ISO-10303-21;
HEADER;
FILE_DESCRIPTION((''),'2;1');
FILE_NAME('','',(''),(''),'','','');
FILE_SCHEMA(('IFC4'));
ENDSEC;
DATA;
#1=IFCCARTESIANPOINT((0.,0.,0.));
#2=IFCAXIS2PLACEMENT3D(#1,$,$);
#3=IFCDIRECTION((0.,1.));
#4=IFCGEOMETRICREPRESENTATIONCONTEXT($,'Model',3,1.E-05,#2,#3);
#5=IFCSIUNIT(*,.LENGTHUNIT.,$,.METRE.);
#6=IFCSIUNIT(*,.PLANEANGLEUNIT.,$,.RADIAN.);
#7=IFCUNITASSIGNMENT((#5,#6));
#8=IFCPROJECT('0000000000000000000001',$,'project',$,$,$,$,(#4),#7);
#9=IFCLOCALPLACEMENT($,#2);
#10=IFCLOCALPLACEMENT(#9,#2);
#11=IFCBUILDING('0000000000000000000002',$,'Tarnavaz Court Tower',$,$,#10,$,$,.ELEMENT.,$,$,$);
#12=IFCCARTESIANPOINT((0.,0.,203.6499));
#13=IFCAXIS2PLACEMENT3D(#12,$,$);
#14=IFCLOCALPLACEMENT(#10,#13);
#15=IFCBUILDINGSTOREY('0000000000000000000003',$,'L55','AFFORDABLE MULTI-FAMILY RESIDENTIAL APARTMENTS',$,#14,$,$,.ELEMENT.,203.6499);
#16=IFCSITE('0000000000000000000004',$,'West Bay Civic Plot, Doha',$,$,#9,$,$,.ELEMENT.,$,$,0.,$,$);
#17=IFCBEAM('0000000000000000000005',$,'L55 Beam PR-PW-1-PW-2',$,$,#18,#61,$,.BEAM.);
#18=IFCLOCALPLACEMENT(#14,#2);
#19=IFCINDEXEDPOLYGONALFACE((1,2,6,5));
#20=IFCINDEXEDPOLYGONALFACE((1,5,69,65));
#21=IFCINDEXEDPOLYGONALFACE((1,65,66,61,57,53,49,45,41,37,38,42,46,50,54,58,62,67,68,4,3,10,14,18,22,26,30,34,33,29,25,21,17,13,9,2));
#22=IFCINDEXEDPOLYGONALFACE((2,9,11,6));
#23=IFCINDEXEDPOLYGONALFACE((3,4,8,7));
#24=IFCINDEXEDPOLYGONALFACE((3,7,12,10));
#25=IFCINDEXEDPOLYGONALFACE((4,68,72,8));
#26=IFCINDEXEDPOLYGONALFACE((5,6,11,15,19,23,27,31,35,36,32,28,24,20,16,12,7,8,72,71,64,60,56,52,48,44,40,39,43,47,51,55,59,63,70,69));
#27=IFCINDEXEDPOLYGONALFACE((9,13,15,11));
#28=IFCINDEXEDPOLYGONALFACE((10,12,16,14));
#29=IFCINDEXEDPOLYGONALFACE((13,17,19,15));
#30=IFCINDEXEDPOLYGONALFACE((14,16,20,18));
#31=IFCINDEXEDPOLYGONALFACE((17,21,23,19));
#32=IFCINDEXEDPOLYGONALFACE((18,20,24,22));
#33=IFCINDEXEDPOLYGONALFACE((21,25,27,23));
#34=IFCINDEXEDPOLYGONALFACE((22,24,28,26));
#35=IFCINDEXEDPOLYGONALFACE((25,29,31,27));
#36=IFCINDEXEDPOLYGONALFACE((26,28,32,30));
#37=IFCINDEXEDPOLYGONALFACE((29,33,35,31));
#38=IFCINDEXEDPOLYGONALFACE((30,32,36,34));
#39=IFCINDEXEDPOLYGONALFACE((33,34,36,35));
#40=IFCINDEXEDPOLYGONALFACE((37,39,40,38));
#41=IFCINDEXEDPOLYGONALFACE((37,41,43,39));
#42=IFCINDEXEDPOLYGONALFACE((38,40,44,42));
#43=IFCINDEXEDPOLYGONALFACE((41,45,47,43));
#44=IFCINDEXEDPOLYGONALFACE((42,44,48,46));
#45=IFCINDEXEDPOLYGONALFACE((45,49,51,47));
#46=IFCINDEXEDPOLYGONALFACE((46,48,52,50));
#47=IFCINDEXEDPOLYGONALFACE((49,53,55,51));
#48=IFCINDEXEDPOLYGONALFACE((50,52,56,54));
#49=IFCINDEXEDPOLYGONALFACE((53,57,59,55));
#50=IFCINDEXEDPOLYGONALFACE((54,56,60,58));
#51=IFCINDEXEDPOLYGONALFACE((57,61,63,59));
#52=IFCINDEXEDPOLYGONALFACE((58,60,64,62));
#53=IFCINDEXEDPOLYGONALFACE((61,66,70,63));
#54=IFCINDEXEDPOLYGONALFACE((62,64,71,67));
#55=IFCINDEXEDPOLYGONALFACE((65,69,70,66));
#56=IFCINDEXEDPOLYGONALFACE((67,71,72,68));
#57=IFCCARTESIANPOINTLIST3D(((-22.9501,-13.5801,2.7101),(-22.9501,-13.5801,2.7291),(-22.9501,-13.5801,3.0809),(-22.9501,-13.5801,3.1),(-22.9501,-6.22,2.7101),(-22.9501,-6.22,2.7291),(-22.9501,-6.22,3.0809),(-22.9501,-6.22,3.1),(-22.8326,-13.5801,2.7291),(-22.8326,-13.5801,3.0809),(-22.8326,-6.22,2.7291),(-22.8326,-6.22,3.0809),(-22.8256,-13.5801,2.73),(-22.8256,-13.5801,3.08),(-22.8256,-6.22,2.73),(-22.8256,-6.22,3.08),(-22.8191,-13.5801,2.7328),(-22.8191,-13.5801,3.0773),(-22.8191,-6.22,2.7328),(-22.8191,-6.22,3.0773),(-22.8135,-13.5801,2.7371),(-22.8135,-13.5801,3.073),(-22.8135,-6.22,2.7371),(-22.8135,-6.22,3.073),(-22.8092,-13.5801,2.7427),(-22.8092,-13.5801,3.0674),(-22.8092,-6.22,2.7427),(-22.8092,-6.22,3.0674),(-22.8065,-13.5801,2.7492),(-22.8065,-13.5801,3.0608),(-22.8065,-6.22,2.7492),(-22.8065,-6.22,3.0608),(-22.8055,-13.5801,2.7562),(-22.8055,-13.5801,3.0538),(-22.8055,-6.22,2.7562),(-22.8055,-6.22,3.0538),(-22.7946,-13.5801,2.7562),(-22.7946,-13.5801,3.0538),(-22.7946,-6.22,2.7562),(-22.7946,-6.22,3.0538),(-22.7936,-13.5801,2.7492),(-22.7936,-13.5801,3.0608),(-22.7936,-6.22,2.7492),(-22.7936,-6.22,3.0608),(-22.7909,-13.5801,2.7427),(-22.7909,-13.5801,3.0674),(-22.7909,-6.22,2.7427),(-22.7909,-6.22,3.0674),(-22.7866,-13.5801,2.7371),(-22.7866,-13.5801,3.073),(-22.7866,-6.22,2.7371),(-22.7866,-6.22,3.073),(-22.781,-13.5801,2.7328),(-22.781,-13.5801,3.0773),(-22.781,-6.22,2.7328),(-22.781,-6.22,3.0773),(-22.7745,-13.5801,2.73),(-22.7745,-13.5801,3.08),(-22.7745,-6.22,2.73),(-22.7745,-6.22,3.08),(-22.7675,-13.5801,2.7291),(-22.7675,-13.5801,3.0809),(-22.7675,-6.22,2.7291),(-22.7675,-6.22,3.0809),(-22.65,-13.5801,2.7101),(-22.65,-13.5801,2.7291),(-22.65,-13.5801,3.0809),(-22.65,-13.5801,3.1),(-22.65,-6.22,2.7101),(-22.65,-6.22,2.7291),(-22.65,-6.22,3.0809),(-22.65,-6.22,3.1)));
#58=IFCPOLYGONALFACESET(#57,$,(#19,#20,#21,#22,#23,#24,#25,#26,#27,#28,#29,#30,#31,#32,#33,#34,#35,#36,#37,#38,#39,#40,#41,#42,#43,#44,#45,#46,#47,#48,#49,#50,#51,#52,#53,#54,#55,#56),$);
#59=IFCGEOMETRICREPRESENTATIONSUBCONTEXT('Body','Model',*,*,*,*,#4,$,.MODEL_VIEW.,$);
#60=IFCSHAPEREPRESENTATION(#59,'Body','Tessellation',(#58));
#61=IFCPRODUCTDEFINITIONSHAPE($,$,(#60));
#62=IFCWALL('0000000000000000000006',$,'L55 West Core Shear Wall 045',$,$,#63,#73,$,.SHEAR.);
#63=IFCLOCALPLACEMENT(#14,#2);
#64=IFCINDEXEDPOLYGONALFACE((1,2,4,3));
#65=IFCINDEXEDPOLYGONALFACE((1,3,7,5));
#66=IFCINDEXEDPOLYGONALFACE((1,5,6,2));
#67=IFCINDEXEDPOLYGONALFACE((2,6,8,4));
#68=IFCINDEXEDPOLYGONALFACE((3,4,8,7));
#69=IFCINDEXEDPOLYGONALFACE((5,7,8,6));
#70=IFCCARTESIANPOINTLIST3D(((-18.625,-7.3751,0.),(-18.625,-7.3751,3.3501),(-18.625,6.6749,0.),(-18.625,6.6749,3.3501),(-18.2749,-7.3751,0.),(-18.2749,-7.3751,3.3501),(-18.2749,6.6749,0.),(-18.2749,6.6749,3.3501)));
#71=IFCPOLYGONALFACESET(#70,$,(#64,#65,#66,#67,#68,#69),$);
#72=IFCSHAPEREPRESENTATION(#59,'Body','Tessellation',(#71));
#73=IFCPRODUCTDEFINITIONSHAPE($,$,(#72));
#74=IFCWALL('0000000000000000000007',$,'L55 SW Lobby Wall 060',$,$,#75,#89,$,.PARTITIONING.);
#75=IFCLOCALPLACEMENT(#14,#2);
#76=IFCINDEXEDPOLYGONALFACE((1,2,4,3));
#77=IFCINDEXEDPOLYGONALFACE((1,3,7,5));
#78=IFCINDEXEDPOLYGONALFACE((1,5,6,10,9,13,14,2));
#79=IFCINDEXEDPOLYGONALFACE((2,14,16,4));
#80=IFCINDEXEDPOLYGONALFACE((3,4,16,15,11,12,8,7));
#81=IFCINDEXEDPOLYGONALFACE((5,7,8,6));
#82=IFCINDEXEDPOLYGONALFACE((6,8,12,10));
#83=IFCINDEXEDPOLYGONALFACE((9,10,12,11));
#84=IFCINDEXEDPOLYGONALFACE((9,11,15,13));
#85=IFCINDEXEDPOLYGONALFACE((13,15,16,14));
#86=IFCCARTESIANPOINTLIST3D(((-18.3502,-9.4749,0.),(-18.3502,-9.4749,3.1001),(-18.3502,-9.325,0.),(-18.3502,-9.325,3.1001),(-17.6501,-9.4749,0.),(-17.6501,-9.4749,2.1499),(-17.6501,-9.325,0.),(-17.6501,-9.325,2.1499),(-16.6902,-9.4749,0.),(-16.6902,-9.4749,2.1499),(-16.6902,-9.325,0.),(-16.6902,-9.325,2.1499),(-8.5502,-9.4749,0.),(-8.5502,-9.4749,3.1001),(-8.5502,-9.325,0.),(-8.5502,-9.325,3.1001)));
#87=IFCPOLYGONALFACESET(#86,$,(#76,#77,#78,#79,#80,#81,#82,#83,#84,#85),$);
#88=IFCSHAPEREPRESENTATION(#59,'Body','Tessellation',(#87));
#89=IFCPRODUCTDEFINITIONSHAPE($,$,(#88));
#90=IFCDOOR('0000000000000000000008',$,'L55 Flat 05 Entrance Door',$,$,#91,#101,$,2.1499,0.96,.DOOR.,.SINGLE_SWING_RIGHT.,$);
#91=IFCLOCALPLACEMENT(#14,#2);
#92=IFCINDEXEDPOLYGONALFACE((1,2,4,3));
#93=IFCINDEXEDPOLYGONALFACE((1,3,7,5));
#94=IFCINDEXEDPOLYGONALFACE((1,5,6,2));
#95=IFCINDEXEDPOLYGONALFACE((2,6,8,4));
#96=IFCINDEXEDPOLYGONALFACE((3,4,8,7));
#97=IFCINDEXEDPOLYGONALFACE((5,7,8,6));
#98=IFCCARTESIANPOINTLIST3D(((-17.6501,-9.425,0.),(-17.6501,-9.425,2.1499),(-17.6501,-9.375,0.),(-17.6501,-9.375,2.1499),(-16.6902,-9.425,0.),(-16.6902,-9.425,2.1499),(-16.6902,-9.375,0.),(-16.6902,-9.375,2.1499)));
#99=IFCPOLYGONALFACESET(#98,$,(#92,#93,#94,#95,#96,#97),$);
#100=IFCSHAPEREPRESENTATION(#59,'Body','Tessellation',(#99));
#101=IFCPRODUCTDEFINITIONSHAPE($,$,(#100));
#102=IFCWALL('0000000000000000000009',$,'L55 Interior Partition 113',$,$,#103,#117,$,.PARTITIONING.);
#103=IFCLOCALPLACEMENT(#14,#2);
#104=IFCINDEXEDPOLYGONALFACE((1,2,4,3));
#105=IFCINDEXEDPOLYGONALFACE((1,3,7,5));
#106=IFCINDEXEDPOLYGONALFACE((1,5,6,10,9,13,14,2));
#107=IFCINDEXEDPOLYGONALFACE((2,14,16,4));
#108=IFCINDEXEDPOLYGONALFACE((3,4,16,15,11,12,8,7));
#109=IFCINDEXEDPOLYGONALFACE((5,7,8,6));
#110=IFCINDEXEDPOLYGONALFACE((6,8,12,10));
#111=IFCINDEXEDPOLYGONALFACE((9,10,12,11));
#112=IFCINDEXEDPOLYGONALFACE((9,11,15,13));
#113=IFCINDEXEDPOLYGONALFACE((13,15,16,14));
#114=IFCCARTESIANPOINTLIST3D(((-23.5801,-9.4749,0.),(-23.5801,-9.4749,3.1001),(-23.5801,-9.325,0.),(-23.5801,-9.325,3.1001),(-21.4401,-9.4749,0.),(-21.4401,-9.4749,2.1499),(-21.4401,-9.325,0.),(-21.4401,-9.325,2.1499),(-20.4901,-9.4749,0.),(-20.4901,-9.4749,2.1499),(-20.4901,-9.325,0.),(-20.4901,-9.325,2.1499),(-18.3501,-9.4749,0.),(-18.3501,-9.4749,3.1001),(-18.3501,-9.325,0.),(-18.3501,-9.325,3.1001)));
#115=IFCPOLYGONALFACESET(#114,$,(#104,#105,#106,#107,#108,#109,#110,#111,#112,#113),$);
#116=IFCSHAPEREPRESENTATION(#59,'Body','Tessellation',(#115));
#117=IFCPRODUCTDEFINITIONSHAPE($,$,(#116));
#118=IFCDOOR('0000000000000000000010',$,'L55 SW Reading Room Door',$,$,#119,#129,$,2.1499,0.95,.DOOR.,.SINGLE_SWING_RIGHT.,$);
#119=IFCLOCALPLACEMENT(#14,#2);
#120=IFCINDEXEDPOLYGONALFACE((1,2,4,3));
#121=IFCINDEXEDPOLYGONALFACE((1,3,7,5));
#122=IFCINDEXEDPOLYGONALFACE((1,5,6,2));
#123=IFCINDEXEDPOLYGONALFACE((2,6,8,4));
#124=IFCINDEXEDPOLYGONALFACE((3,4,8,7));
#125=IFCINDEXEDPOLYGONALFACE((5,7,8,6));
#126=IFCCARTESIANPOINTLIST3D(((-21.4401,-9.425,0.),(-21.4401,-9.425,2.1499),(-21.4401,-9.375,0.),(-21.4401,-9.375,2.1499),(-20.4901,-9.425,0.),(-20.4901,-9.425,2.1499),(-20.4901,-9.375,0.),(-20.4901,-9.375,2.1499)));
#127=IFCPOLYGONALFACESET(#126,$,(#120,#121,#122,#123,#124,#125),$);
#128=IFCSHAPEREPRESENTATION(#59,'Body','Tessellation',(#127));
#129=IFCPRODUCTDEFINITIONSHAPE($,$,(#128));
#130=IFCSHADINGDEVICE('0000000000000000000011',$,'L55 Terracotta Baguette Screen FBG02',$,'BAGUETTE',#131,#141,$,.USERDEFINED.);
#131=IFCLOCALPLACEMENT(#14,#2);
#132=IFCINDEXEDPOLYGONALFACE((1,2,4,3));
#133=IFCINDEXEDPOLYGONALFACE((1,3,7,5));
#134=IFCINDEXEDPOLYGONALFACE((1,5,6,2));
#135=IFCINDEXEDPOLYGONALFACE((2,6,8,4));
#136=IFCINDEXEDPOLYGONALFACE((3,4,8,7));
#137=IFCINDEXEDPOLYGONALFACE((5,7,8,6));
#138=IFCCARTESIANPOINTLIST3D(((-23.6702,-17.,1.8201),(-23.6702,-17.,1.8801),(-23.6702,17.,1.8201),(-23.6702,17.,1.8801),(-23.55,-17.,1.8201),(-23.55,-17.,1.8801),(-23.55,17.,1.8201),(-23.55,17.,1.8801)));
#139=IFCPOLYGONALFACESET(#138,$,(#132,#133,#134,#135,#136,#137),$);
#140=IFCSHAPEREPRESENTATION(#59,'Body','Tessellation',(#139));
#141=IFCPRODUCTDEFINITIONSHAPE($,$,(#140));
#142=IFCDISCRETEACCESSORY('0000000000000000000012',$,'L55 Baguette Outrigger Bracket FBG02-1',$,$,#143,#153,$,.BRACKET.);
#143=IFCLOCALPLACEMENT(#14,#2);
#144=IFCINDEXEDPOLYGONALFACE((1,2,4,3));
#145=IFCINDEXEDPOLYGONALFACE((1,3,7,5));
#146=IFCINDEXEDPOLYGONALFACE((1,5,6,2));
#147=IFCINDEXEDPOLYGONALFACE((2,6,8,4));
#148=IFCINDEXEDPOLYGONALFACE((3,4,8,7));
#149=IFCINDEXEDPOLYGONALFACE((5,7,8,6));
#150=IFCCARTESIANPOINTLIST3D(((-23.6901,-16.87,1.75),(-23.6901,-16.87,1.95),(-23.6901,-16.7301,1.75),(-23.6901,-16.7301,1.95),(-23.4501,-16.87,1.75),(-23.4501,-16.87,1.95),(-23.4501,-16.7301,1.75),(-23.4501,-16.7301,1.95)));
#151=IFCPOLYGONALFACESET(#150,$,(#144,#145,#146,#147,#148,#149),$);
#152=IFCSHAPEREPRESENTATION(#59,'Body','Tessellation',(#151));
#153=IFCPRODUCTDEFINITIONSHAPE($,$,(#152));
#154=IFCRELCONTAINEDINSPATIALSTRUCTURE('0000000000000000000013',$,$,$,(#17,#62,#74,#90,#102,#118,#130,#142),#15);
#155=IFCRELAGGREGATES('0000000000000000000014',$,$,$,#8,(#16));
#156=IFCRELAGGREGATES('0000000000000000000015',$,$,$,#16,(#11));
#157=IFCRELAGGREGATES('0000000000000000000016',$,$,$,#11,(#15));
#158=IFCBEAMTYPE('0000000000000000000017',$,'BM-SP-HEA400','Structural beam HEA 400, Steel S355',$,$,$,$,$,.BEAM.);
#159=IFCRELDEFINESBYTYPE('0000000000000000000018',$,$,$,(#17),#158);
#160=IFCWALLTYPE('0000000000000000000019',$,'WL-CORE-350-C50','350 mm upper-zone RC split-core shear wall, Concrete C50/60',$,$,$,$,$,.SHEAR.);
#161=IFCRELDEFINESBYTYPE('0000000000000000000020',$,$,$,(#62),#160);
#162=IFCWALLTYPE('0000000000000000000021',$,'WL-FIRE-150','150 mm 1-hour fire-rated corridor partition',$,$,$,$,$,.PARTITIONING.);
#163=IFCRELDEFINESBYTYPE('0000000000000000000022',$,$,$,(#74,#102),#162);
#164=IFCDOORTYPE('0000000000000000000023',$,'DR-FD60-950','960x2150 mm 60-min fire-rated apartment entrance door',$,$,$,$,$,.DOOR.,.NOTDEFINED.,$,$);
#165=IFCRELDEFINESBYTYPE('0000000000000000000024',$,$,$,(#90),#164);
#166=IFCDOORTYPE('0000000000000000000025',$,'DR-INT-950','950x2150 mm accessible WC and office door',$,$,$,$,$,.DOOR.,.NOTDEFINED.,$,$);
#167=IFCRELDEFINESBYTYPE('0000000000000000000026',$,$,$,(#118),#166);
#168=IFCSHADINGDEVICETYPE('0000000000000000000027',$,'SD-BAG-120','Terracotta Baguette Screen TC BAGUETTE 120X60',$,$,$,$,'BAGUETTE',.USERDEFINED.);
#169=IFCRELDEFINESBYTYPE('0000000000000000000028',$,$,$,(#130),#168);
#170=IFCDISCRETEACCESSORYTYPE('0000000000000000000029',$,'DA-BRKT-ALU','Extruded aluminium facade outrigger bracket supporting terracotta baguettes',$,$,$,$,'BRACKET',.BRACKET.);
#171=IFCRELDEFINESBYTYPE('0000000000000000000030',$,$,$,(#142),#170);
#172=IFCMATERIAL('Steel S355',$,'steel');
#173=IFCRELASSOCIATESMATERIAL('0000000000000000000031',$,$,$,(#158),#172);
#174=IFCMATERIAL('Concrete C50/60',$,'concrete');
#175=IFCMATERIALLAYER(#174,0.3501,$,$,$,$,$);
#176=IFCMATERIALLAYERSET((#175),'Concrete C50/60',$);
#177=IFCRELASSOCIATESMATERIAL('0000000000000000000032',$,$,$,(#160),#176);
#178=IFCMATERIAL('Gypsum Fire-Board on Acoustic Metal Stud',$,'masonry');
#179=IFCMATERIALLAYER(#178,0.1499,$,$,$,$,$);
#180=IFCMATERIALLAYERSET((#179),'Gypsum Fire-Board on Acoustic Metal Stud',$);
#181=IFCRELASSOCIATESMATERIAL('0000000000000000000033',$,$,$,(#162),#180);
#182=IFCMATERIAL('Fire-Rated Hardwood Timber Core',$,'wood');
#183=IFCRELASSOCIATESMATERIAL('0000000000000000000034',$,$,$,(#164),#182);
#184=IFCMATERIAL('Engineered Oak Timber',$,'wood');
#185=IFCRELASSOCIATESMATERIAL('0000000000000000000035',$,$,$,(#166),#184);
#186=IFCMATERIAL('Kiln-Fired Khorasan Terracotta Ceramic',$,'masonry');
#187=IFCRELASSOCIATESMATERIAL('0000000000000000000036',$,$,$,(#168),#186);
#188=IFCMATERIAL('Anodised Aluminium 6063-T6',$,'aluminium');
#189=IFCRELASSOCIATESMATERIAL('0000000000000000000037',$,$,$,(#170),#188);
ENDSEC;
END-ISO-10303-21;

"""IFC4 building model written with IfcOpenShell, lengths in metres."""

from ifc_helpers import new_model, si_unit, direction, frame, frame_2d, origin, origin_2d, place, context, subcontext, project, spatial, rectangle, i_section, extrude, material, layer, layer_set, material_profile, profile_set, type_object, element, fill, save


model = new_model("IFC4")

# Units and contexts
model_context = context("Model", 3, precision=1e-05, world=origin(), true_north=direction((0.0, 1.0)))
body_context = subcontext(model_context, "Body", "Model", "MODEL_VIEW")
ifc_project = project(units=[si_unit("LENGTHUNIT", "METRE"), si_unit("PLANEANGLEUNIT", "RADIAN")], contexts=[model_context])

# Site, building, storey
site_placement = place(None, origin())
site = spatial("IfcSite", under=ifc_project, at=site_placement, Name="West Bay Civic Plot, Doha", CompositionType="ELEMENT", RefElevation=0.0)
building_placement = place(site_placement, origin())
building = spatial("IfcBuilding", under=site, at=building_placement, Name="Tarnavaz Court Tower", CompositionType="ELEMENT")
storey_placement = place(building_placement, frame((0.0, 0.0, 203.6499)))
storey = spatial("IfcBuildingStorey", under=building, at=storey_placement, Name="L55", Description="AFFORDABLE MULTI-FAMILY RESIDENTIAL APARTMENTS", CompositionType="ELEMENT", Elevation=203.6499)

# Shared definitions
ifc_material_1 = material(Name="Concrete C50/60", Category="concrete")

# Beam
ifc_material_2 = material(Name="Steel S355", Category="steel")
ifc_material_profile_1 = material_profile(ifc_material_2, i_section(OverallWidth=0.3, OverallDepth=0.3899, WebThickness=0.011, FlangeThickness=0.019, FilletRadius=0.0271, at=origin_2d()), Name="HEA 400")
ifc_profile_set_1 = profile_set([ifc_material_profile_1], Name="Steel S355")
beam_type_1 = type_object("IfcBeamType", Name="BM-SP-HEA400", Description="Structural beam HEA 400, Steel S355", PredefinedType="BEAM", material=ifc_profile_set_1)
beam_1_placement = place(storey_placement, frame((-22.8, -13.5801, 2.905), z_axis=(0.0, 1.0, 0.0), x_axis=(-1.0, 0.0, 0.0)))
element("IfcBeam", 1, at=beam_1_placement, inside=storey, type_object=beam_type_1, Name="L55 Beam PR-PW-1-PW-2", PredefinedType="BEAM", context=body_context, shape_type="SweptSolid", body=[
    extrude(i_section(OverallWidth=0.3, OverallDepth=0.3899, WebThickness=0.011, FlangeThickness=0.019, FilletRadius=0.0271, at=origin_2d()), origin(), (0.0, 0.0, 1.0), 7.3601),
])

# Wall
ifc_layer_1 = layer(ifc_material_1, 0.3501)
ifc_layer_set_1 = layer_set([ifc_layer_1], Name="Concrete C50/60")
wall_type_1 = type_object("IfcWallType", Name="WL-CORE-350-C50", Description="350 mm upper-zone RC split-core shear wall, Concrete C50/60", PredefinedType="SHEAR", material=ifc_layer_set_1)
wall_1_placement = place(storey_placement, frame((-18.45, -7.375, 0.0), z_axis=(0.0, 0.0, 1.0), x_axis=(0.0, 1.0, 0.0)))
element("IfcWall", 2, at=wall_1_placement, inside=storey, type_object=wall_type_1, Name="L55 West Core Shear Wall 045", PredefinedType="SHEAR", context=body_context, shape_type="SweptSolid", body=[
    extrude(rectangle(XDim=14.05, YDim=0.3501, at=frame_2d((7.0249, 0.0))), origin(), (0.0, 0.0, 1.0), 3.3501),
])

# Walls, openings, doors
ifc_material_3 = material(Name="Gypsum Fire-Board on Acoustic Metal Stud", Category="masonry")
ifc_layer_2 = layer(ifc_material_3, 0.1499)
ifc_layer_set_2 = layer_set([ifc_layer_2], Name="Gypsum Fire-Board on Acoustic Metal Stud")
wall_type_2 = type_object("IfcWallType", Name="WL-FIRE-150", Description="150 mm 1-hour fire-rated corridor partition", PredefinedType="PARTITIONING", material=ifc_layer_set_2)
wall_2_placement = place(storey_placement, frame((-18.3501, -9.3999, 0.0), z_axis=(0.0, 0.0, 1.0), x_axis=(1.0, 0.0, 0.0)))
wall_2 = element("IfcWall", 3, at=wall_2_placement, inside=storey, type_object=wall_type_2, Name="L55 SW Lobby Wall 060", PredefinedType="PARTITIONING", context=body_context, shape_type="SweptSolid", body=[
    extrude(rectangle(XDim=9.8, YDim=0.1499, at=frame_2d((4.8999, 0.0))), origin(), (0.0, 0.0, 1.0), 3.1001),
])
opening_1_placement = place(wall_2_placement, frame((0.7, 0.0, 0.0)))
opening_1 = element("IfcOpeningElement", 4, at=opening_1_placement, cuts=wall_2, PredefinedType="OPENING", context=body_context, shape_type="SweptSolid", body=[
    extrude(rectangle(XDim=0.96, YDim=2.1499, at=frame_2d((0.48, 1.075))), frame((0.0, 0.085, 0.0), z_axis=(0.0, -1.0, 0.0), x_axis=(1.0, 0.0, 0.0)), (0.0, 0.0, 1.0), 0.1699),
])
ifc_material_4 = material(Name="Fire-Rated Hardwood Timber Core", Category="wood")
door_type_1 = type_object("IfcDoorType", Name="DR-FD60-950", Description="960x2150 mm 60-min fire-rated apartment entrance door", OperationType="NOTDEFINED", PredefinedType="DOOR", material=ifc_material_4)
door_1_placement = place(opening_1_placement, origin())
door_1 = element("IfcDoor", 5, at=door_1_placement, inside=storey, type_object=door_type_1, Name="L55 Flat 05 Entrance Door", OperationType="SINGLE_SWING_RIGHT", OverallHeight=2.1499, OverallWidth=0.96, PredefinedType="DOOR", context=body_context, shape_type="SweptSolid", body=[
    extrude(rectangle(XDim=0.96, YDim=2.1499, at=frame_2d((0.48, 1.075))), frame((0.0, 0.0249, 0.0), z_axis=(0.0, -1.0, 0.0), x_axis=(1.0, 0.0, 0.0)), (0.0, 0.0, 1.0), 0.05),
])
fill(opening_1, door_1)
wall_3_placement = place(storey_placement, frame((-23.5801, -9.3999, 0.0), z_axis=(0.0, 0.0, 1.0), x_axis=(1.0, 0.0, 0.0)))
wall_3 = element("IfcWall", 6, at=wall_3_placement, inside=storey, type_object=wall_type_2, Name="L55 Interior Partition 113", PredefinedType="PARTITIONING", context=body_context, shape_type="SweptSolid", body=[
    extrude(rectangle(XDim=5.23, YDim=0.1499, at=frame_2d((2.615, 0.0))), origin(), (0.0, 0.0, 1.0), 3.1001),
])
opening_2_placement = place(wall_3_placement, frame((2.1399, 0.0, 0.0)))
opening_2 = element("IfcOpeningElement", 7, at=opening_2_placement, cuts=wall_3, PredefinedType="OPENING", context=body_context, shape_type="SweptSolid", body=[
    extrude(rectangle(XDim=0.95, YDim=2.1499, at=frame_2d((0.4751, 1.075))), frame((0.0, 0.085, 0.0), z_axis=(0.0, -1.0, 0.0), x_axis=(1.0, 0.0, 0.0)), (0.0, 0.0, 1.0), 0.1699),
])
ifc_material_5 = material(Name="Engineered Oak Timber", Category="wood")
door_type_2 = type_object("IfcDoorType", Name="DR-INT-950", Description="950x2150 mm accessible WC and office door", OperationType="NOTDEFINED", PredefinedType="DOOR", material=ifc_material_5)
door_2_placement = place(opening_2_placement, origin())
door_2 = element("IfcDoor", 8, at=door_2_placement, inside=storey, type_object=door_type_2, Name="L55 SW Reading Room Door", OperationType="SINGLE_SWING_RIGHT", OverallHeight=2.1499, OverallWidth=0.95, PredefinedType="DOOR", context=body_context, shape_type="SweptSolid", body=[
    extrude(rectangle(XDim=0.95, YDim=2.1499, at=frame_2d((0.4751, 1.075))), frame((0.0, 0.0249, 0.0), z_axis=(0.0, -1.0, 0.0), x_axis=(1.0, 0.0, 0.0)), (0.0, 0.0, 1.0), 0.05),
])
fill(opening_2, door_2)

# Shading device
ifc_material_6 = material(Name="Kiln-Fired Khorasan Terracotta Ceramic", Category="masonry")
ifc_material_profile_2 = material_profile(ifc_material_6, rectangle(XDim=0.1201, YDim=0.0601, at=origin_2d()), Name="TC BAGUETTE 120X60")
ifc_profile_set_2 = profile_set([ifc_material_profile_2], Name="Kiln-Fired Khorasan Terracotta Ceramic")
shading_device_type = type_object("IfcShadingDeviceType", Name="SD-BAG-120", Description="Terracotta Baguette Screen TC BAGUETTE 120X60", ElementType="BAGUETTE", PredefinedType="USERDEFINED", material=ifc_profile_set_2)
shading_device_placement = place(storey_placement, frame((-23.6101, -17.0, 1.8501), z_axis=(0.0, 1.0, 0.0), x_axis=(-1.0, 0.0, 0.0)))
element("IfcShadingDevice", 9, at=shading_device_placement, inside=storey, type_object=shading_device_type, Name="L55 Terracotta Baguette Screen FBG02", ObjectType="BAGUETTE", PredefinedType="USERDEFINED", context=body_context, shape_type="SweptSolid", body=[
    extrude(rectangle(XDim=0.1201, YDim=0.0601, at=origin_2d()), origin(), (0.0, 0.0, 1.0), 34.0),
])

# Discrete accessory
ifc_material_7 = material(Name="Anodised Aluminium 6063-T6", Category="aluminium")
discrete_accessory_type = type_object("IfcDiscreteAccessoryType", Name="DA-BRKT-ALU", Description="Extruded aluminium facade outrigger bracket supporting terracotta baguettes", ElementType="BRACKET", PredefinedType="BRACKET", material=ifc_material_7)
discrete_accessory_placement = place(storey_placement, frame((-23.5701, -16.8, 1.75), z_axis=(0.0, 0.0, 1.0), x_axis=(0.0, 1.0, 0.0)))
element("IfcDiscreteAccessory", 10, at=discrete_accessory_placement, inside=storey, type_object=discrete_accessory_type, Name="L55 Baguette Outrigger Bracket FBG02-1", PredefinedType="BRACKET", context=body_context, shape_type="SweptSolid", body=[
    extrude(rectangle(XDim=0.1399, YDim=0.24, at=origin_2d()), origin(), (0.0, 0.0, 1.0), 0.2),
])

save(model, "model.ifc")
